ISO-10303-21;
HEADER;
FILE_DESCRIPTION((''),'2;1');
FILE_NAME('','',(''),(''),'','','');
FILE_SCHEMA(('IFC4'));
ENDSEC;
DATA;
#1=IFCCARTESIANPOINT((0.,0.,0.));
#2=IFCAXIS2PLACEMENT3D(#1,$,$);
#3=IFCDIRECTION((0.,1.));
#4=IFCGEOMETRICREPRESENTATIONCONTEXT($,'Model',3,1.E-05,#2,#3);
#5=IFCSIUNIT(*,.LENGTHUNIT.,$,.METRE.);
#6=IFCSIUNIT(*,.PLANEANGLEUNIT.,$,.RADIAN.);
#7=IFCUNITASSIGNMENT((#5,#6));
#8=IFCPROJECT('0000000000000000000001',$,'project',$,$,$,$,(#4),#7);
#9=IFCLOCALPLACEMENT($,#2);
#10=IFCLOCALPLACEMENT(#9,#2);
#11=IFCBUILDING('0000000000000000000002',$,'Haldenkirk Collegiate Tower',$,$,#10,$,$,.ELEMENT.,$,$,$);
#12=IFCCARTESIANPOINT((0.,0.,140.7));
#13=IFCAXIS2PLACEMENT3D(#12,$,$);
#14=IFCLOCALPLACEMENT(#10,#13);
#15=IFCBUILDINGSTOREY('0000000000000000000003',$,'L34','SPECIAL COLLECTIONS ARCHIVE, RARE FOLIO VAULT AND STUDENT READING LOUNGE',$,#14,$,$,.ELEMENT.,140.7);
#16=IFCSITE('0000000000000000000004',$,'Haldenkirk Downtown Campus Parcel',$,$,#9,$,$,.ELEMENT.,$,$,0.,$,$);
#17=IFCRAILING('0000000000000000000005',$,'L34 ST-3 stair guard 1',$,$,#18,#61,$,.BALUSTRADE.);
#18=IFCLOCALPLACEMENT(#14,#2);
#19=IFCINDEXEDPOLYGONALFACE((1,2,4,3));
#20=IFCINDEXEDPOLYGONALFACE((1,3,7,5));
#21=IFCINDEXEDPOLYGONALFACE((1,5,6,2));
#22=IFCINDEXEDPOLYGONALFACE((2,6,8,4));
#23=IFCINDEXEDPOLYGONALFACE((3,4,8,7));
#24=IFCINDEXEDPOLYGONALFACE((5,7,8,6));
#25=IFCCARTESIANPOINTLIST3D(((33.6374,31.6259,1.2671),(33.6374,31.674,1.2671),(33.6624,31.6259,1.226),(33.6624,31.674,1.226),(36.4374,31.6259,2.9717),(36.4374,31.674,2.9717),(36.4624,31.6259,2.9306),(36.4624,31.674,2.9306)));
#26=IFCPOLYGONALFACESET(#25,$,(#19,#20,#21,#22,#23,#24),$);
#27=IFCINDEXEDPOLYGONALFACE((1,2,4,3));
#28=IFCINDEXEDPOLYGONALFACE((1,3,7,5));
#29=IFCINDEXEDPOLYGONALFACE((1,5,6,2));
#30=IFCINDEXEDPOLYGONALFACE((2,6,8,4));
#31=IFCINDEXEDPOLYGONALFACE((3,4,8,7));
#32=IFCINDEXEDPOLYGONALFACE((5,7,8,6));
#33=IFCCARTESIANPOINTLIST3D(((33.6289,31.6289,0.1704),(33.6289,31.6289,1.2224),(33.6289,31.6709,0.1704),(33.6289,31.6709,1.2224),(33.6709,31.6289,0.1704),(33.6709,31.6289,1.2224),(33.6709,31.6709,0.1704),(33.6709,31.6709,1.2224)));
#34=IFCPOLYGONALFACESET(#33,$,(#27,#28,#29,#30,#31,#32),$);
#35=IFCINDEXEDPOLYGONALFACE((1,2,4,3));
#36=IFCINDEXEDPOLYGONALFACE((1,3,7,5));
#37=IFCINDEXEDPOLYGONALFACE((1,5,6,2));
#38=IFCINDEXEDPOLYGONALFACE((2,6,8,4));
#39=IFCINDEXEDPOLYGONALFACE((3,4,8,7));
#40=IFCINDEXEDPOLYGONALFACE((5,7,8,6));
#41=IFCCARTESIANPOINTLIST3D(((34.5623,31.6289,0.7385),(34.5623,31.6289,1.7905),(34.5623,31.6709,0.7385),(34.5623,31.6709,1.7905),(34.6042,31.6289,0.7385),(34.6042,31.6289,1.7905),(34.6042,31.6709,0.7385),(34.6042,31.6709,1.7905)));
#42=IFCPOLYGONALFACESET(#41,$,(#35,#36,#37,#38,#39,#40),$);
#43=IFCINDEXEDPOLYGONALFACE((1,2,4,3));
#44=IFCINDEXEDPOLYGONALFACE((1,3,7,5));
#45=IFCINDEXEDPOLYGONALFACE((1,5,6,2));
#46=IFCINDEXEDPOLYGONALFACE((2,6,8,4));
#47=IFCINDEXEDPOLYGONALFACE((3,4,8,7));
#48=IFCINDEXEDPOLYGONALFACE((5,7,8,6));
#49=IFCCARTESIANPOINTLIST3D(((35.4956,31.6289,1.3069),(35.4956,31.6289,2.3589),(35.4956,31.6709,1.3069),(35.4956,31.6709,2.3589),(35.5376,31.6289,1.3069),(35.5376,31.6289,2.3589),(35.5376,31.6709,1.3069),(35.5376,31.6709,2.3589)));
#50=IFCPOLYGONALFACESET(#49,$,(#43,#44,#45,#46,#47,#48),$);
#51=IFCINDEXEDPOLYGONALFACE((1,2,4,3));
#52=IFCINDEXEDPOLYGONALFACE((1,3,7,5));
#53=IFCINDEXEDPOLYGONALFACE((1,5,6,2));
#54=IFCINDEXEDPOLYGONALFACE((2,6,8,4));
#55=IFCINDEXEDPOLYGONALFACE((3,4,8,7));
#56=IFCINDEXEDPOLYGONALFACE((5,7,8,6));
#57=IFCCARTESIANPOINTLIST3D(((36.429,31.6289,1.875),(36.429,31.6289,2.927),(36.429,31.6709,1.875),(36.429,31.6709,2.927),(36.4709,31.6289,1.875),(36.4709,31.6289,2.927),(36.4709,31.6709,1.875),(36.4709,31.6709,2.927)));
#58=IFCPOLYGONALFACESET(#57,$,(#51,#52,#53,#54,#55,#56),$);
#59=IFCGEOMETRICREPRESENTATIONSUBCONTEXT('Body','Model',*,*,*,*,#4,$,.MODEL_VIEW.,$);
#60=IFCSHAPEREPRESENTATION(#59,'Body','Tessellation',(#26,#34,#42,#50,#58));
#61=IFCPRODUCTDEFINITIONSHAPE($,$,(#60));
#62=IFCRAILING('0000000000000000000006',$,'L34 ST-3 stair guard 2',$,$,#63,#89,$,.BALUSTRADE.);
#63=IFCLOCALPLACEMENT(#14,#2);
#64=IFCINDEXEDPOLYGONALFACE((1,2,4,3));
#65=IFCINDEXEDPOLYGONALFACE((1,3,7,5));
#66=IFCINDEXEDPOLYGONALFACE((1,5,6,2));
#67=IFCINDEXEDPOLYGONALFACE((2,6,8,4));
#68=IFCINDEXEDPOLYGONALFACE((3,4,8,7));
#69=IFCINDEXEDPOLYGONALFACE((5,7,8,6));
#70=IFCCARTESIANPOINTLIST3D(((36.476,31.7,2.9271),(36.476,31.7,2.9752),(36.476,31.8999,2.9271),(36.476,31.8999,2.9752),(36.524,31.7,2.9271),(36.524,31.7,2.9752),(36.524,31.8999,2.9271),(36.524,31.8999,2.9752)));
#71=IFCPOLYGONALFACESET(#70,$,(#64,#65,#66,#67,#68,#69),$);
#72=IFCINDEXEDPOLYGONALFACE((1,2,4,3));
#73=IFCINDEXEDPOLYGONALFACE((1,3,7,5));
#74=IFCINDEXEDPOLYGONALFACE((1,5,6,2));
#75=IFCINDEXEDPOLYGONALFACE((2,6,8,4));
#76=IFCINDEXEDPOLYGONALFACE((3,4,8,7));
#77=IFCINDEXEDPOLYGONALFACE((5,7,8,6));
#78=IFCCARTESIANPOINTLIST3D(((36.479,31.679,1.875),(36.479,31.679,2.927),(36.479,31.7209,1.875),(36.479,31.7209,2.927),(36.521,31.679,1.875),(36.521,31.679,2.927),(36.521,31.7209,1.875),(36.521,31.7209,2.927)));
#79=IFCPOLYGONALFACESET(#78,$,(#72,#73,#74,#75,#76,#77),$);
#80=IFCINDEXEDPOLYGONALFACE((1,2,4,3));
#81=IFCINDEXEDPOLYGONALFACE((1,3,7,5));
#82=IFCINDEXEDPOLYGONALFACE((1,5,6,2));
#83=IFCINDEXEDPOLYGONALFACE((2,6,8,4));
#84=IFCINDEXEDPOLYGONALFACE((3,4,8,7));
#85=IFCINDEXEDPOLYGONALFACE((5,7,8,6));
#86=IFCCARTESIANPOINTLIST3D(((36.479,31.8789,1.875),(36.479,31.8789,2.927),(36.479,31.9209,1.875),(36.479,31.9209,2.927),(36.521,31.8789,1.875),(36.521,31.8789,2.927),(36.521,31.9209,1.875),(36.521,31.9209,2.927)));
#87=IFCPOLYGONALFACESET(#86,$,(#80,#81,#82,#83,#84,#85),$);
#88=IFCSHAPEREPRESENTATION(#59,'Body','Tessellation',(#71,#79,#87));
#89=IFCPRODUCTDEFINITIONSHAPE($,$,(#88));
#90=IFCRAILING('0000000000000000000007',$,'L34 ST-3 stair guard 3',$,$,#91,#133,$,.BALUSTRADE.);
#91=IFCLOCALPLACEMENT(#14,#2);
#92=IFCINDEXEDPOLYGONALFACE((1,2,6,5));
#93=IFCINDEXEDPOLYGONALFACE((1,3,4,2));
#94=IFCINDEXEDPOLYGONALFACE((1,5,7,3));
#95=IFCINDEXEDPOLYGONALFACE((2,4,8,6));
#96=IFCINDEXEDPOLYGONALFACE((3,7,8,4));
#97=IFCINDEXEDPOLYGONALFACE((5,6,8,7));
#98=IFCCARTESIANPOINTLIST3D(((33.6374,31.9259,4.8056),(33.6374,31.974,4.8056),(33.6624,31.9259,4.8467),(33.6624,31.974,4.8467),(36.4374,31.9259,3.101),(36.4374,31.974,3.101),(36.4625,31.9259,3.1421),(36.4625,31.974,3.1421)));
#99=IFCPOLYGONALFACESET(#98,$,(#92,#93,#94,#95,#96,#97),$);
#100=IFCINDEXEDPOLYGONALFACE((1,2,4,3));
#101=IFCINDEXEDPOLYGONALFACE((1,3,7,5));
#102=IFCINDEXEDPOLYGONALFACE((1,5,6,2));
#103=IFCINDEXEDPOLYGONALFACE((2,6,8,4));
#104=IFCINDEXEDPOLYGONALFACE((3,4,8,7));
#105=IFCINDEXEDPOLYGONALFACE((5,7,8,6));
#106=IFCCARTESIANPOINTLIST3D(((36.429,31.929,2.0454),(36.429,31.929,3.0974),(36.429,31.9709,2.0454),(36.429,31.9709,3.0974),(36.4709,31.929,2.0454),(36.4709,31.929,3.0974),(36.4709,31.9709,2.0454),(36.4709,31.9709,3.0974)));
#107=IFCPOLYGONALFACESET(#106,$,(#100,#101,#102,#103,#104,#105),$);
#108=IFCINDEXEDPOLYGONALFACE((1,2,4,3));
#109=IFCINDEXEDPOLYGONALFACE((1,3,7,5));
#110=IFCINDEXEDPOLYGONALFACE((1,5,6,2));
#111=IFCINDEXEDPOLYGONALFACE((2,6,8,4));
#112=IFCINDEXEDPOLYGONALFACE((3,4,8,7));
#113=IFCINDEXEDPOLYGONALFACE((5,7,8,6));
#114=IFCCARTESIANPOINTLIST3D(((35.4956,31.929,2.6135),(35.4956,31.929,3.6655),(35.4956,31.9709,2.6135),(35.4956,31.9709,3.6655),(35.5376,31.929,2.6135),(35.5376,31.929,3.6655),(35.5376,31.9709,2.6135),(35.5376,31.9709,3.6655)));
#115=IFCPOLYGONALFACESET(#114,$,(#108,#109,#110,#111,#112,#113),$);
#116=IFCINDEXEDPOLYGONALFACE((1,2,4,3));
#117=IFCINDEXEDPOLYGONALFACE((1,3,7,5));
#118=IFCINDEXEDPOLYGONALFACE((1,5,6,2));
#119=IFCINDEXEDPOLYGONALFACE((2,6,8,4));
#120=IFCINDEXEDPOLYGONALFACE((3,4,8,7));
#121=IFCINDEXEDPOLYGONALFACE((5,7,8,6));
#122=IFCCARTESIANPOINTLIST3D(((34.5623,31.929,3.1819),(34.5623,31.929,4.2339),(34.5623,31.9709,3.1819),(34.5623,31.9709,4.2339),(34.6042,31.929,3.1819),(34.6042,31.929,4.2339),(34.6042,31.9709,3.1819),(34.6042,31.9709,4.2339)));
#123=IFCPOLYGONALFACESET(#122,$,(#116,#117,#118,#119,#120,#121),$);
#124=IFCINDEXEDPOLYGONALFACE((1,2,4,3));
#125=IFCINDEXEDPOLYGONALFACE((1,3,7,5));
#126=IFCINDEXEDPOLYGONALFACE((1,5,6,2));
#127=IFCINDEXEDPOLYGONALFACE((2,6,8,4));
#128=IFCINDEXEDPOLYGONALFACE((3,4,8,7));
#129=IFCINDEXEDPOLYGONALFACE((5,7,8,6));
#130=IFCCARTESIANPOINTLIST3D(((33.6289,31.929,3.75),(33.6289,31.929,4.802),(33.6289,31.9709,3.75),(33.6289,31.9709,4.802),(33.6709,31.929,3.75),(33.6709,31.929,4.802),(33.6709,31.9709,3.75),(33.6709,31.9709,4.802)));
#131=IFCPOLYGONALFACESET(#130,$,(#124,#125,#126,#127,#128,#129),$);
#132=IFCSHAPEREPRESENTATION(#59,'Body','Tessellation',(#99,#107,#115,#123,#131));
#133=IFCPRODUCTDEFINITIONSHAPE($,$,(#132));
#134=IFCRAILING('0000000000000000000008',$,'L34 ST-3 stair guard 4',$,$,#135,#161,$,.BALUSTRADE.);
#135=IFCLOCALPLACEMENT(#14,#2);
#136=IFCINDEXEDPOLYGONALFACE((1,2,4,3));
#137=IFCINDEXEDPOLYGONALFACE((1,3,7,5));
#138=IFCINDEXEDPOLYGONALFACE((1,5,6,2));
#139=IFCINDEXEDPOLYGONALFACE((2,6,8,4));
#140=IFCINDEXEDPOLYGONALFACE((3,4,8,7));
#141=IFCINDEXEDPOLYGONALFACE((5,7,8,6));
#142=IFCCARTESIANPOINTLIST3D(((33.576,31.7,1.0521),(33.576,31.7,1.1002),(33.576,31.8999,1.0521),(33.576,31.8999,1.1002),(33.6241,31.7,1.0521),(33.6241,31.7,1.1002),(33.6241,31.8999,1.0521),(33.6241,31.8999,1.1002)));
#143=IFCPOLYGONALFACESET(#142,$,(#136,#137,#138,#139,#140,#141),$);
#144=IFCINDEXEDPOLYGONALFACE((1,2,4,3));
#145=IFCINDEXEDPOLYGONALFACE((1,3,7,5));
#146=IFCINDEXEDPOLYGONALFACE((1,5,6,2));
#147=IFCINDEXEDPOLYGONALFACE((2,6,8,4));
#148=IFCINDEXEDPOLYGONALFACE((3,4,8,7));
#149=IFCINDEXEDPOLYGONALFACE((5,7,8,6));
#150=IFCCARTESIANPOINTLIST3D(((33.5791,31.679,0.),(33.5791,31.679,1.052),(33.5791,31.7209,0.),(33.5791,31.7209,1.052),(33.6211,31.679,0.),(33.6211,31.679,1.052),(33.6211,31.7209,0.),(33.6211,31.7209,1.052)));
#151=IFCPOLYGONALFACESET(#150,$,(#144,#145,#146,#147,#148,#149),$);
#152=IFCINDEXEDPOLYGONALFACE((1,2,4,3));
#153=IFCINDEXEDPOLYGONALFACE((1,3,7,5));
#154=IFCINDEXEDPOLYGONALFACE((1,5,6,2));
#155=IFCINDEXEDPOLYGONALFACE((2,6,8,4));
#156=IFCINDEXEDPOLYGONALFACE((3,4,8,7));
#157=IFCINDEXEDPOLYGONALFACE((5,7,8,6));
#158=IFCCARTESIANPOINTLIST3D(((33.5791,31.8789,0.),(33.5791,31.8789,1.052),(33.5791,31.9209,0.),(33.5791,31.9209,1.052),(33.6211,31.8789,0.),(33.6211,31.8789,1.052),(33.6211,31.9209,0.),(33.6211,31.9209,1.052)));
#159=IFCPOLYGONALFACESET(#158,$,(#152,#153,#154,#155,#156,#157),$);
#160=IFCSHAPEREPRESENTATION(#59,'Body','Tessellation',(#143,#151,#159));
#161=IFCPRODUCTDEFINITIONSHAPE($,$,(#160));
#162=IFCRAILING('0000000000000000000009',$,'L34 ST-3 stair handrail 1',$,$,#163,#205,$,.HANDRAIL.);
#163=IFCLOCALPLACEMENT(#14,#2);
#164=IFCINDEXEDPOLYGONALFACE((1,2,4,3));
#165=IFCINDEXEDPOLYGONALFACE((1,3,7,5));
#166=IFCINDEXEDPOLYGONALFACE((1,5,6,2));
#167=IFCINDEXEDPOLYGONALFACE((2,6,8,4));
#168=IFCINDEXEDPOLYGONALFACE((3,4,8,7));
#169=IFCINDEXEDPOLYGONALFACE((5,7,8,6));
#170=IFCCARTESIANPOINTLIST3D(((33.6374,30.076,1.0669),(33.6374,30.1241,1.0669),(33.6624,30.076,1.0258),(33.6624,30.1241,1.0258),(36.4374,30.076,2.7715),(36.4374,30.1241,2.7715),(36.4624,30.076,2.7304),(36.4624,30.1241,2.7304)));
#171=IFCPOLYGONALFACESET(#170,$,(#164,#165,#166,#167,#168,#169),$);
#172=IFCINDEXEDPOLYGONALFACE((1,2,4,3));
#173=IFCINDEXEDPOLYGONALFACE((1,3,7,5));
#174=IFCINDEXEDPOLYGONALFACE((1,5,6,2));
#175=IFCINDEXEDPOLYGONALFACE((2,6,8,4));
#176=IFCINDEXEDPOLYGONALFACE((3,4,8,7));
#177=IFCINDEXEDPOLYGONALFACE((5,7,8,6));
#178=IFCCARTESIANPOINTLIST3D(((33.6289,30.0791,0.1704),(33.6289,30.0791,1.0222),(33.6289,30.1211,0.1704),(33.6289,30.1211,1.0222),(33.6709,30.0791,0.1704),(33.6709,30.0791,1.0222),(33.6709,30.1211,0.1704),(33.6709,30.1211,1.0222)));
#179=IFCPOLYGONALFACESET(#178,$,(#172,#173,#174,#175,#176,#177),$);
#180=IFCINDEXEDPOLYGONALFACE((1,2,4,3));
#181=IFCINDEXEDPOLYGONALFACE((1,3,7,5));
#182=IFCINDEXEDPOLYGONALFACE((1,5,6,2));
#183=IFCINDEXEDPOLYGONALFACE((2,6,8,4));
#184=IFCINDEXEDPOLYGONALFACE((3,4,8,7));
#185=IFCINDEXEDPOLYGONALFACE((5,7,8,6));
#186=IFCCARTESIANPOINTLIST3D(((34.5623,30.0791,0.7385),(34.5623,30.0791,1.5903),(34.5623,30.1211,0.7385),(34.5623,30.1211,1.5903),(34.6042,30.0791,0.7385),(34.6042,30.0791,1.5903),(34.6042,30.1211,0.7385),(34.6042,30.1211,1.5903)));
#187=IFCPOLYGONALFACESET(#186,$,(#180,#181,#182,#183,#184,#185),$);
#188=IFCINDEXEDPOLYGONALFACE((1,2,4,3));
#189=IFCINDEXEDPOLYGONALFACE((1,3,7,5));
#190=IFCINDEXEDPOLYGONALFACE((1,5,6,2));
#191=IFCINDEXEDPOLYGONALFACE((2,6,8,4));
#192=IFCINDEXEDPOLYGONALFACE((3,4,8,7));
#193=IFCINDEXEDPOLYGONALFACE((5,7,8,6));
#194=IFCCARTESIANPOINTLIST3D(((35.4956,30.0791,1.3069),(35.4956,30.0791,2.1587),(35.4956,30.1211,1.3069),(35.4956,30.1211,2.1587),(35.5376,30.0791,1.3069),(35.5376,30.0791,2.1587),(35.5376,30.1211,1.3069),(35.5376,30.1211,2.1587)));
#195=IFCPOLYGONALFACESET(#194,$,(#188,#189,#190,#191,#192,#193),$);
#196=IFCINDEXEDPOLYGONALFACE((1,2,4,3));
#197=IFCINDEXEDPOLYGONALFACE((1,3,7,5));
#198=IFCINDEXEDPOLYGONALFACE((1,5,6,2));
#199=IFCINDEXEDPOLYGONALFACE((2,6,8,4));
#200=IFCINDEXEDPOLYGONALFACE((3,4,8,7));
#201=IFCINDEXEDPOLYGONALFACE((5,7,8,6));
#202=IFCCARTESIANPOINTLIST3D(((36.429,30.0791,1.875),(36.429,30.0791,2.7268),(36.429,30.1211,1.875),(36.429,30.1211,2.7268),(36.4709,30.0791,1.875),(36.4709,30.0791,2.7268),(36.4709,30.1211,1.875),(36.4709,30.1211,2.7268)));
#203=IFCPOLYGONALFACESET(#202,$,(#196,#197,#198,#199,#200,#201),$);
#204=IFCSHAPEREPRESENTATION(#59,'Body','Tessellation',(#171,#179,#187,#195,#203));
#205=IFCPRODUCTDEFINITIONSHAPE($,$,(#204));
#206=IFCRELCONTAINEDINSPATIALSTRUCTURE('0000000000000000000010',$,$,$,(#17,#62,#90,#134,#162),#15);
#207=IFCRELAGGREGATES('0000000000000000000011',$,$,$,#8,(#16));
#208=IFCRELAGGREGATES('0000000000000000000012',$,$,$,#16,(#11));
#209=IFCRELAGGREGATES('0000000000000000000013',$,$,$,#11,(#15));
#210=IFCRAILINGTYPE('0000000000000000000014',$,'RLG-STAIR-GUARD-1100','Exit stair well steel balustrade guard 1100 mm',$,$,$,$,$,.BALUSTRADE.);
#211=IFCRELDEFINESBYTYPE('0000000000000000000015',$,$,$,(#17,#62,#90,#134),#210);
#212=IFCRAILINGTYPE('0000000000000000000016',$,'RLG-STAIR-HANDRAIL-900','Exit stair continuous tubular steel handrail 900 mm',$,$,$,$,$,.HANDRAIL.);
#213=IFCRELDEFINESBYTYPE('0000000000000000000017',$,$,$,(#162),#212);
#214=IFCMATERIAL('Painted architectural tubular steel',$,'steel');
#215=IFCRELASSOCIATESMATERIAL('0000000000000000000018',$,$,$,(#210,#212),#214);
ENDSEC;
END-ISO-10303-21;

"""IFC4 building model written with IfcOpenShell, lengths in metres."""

from ifc_helpers import new_model, si_unit, direction, frame, origin, origin_2d, place, context, subcontext, project, spatial, rectangle, extrude, material, type_object, element, save


model = new_model("IFC4")

# Units and contexts
model_context = context("Model", 3, precision=1e-05, world=origin(), true_north=direction((0.0, 1.0)))
body_context = subcontext(model_context, "Body", "Model", "MODEL_VIEW")
ifc_project = project(units=[si_unit("LENGTHUNIT", "METRE"), si_unit("PLANEANGLEUNIT", "RADIAN")], contexts=[model_context])

# Site, building, storey
site_placement = place(None, origin())
site = spatial("IfcSite", under=ifc_project, at=site_placement, Name="Haldenkirk Downtown Campus Parcel", CompositionType="ELEMENT", RefElevation=0.0)
building_placement = place(site_placement, origin())
building = spatial("IfcBuilding", under=site, at=building_placement, Name="Haldenkirk Collegiate Tower", CompositionType="ELEMENT")
storey_placement = place(building_placement, frame((0.0, 0.0, 140.7)))
storey = spatial("IfcBuildingStorey", under=building, at=storey_placement, Name="L34", Description="SPECIAL COLLECTIONS ARCHIVE, RARE FOLIO VAULT AND STUDENT READING LOUNGE", CompositionType="ELEMENT", Elevation=140.7)

# Railings
ifc_material_1 = material(Name="Painted architectural tubular steel", Category="steel")
railing_type_1 = type_object("IfcRailingType", Name="RLG-STAIR-GUARD-1100", Description="Exit stair well steel balustrade guard 1100 mm", PredefinedType="BALUSTRADE", material=ifc_material_1)
railing_1_placement = place(storey_placement, frame((33.6499, 31.6499, 0.1704)))
element("IfcRailing", 1, at=railing_1_placement, inside=storey, type_object=railing_type_1, Name="L34 ST-3 stair guard 1", PredefinedType="BALUSTRADE", context=body_context, shape_type="SweptSolid", body=[
    extrude(rectangle(XDim=0.0481, YDim=0.0481, at=origin_2d()), frame((0.0, 0.0, 1.0762), z_axis=(0.85417, 0.0, 0.519994), x_axis=(0.0, 1.0, 0.0)), (0.0, 0.0, 1.0), 3.2781),
    extrude(rectangle(XDim=0.042, YDim=0.042, at=origin_2d()), origin(), (0.0, 0.0, 1.0), 1.052),
    extrude(rectangle(XDim=0.042, YDim=0.042, at=origin_2d()), frame((0.9333, 0.0, 0.5681)), (0.0, 0.0, 1.0), 1.052),
    extrude(rectangle(XDim=0.042, YDim=0.042, at=origin_2d()), frame((1.8667, 0.0, 1.1365)), (0.0, 0.0, 1.0), 1.052),
    extrude(rectangle(XDim=0.042, YDim=0.042, at=origin_2d()), frame((2.8, 0.0, 1.7046)), (0.0, 0.0, 1.0), 1.052),
])
railing_2_placement = place(storey_placement, frame((36.5, 31.7, 1.875)))
element("IfcRailing", 2, at=railing_2_placement, inside=storey, type_object=railing_type_1, Name="L34 ST-3 stair guard 2", PredefinedType="BALUSTRADE", context=body_context, shape_type="SweptSolid", body=[
    extrude(rectangle(XDim=0.0481, YDim=0.0481, at=origin_2d()), frame((0.0, 0.0, 1.0762), z_axis=(0.0, 1.0, 0.0), x_axis=(-1.0, 0.0, 0.0)), (0.0, 0.0, 1.0), 0.2),
    extrude(rectangle(XDim=0.042, YDim=0.042, at=origin_2d()), origin(), (0.0, 0.0, 1.0), 1.052),
    extrude(rectangle(XDim=0.042, YDim=0.042, at=origin_2d()), frame((0.0, 0.2, 0.0)), (0.0, 0.0, 1.0), 1.052),
])
railing_3_placement = place(storey_placement, frame((36.45, 31.95, 2.0454)))
element("IfcRailing", 3, at=railing_3_placement, inside=storey, type_object=railing_type_1, Name="L34 ST-3 stair guard 3", PredefinedType="BALUSTRADE", context=body_context, shape_type="SweptSolid", body=[
    extrude(rectangle(XDim=0.0481, YDim=0.0481, at=origin_2d()), frame((0.0, 0.0, 1.0762), z_axis=(-0.85417, 0.0, 0.519994), x_axis=(0.0, -1.0, 0.0)), (0.0, 0.0, 1.0), 3.2781),
    extrude(rectangle(XDim=0.042, YDim=0.042, at=origin_2d()), origin(), (0.0, 0.0, 1.0), 1.052),
    extrude(rectangle(XDim=0.042, YDim=0.042, at=origin_2d()), frame((-0.9333, 0.0, 0.5681)), (0.0, 0.0, 1.0), 1.052),
    extrude(rectangle(XDim=0.042, YDim=0.042, at=origin_2d()), frame((-1.8667, 0.0, 1.1365)), (0.0, 0.0, 1.0), 1.052),
    extrude(rectangle(XDim=0.042, YDim=0.042, at=origin_2d()), frame((-2.8, 0.0, 1.7046)), (0.0, 0.0, 1.0), 1.052),
])
railing_4_placement = place(storey_placement, frame((33.6001, 31.7, 0.0)))
element("IfcRailing", 4, at=railing_4_placement, inside=storey, type_object=railing_type_1, Name="L34 ST-3 stair guard 4", PredefinedType="BALUSTRADE", context=body_context, shape_type="SweptSolid", body=[
    extrude(rectangle(XDim=0.0481, YDim=0.0481, at=origin_2d()), frame((0.0, 0.0, 1.0762), z_axis=(0.0, 1.0, 0.0), x_axis=(-1.0, 0.0, 0.0)), (0.0, 0.0, 1.0), 0.2),
    extrude(rectangle(XDim=0.042, YDim=0.042, at=origin_2d()), origin(), (0.0, 0.0, 1.0), 1.052),
    extrude(rectangle(XDim=0.042, YDim=0.042, at=origin_2d()), frame((0.0, 0.2, 0.0)), (0.0, 0.0, 1.0), 1.052),
])
railing_type_2 = type_object("IfcRailingType", Name="RLG-STAIR-HANDRAIL-900", Description="Exit stair continuous tubular steel handrail 900 mm", PredefinedType="HANDRAIL", material=ifc_material_1)
railing_5_placement = place(storey_placement, frame((33.6499, 30.1001, 0.1704)))
element("IfcRailing", 5, at=railing_5_placement, inside=storey, type_object=railing_type_2, Name="L34 ST-3 stair handrail 1", PredefinedType="HANDRAIL", context=body_context, shape_type="SweptSolid", body=[
    extrude(rectangle(XDim=0.0481, YDim=0.0481, at=origin_2d()), frame((0.0, 0.0, 0.876), z_axis=(0.85417, 0.0, 0.519994), x_axis=(0.0, 1.0, 0.0)), (0.0, 0.0, 1.0), 3.2781),
    extrude(rectangle(XDim=0.042, YDim=0.042, at=origin_2d()), origin(), (0.0, 0.0, 1.0), 0.8518),
    extrude(rectangle(XDim=0.042, YDim=0.042, at=origin_2d()), frame((0.9333, 0.0, 0.5681)), (0.0, 0.0, 1.0), 0.8518),
    extrude(rectangle(XDim=0.042, YDim=0.042, at=origin_2d()), frame((1.8667, 0.0, 1.1365)), (0.0, 0.0, 1.0), 0.8518),
    extrude(rectangle(XDim=0.042, YDim=0.042, at=origin_2d()), frame((2.8, 0.0, 1.7046)), (0.0, 0.0, 1.0), 0.8518),
])

save(model, "model.ifc")
